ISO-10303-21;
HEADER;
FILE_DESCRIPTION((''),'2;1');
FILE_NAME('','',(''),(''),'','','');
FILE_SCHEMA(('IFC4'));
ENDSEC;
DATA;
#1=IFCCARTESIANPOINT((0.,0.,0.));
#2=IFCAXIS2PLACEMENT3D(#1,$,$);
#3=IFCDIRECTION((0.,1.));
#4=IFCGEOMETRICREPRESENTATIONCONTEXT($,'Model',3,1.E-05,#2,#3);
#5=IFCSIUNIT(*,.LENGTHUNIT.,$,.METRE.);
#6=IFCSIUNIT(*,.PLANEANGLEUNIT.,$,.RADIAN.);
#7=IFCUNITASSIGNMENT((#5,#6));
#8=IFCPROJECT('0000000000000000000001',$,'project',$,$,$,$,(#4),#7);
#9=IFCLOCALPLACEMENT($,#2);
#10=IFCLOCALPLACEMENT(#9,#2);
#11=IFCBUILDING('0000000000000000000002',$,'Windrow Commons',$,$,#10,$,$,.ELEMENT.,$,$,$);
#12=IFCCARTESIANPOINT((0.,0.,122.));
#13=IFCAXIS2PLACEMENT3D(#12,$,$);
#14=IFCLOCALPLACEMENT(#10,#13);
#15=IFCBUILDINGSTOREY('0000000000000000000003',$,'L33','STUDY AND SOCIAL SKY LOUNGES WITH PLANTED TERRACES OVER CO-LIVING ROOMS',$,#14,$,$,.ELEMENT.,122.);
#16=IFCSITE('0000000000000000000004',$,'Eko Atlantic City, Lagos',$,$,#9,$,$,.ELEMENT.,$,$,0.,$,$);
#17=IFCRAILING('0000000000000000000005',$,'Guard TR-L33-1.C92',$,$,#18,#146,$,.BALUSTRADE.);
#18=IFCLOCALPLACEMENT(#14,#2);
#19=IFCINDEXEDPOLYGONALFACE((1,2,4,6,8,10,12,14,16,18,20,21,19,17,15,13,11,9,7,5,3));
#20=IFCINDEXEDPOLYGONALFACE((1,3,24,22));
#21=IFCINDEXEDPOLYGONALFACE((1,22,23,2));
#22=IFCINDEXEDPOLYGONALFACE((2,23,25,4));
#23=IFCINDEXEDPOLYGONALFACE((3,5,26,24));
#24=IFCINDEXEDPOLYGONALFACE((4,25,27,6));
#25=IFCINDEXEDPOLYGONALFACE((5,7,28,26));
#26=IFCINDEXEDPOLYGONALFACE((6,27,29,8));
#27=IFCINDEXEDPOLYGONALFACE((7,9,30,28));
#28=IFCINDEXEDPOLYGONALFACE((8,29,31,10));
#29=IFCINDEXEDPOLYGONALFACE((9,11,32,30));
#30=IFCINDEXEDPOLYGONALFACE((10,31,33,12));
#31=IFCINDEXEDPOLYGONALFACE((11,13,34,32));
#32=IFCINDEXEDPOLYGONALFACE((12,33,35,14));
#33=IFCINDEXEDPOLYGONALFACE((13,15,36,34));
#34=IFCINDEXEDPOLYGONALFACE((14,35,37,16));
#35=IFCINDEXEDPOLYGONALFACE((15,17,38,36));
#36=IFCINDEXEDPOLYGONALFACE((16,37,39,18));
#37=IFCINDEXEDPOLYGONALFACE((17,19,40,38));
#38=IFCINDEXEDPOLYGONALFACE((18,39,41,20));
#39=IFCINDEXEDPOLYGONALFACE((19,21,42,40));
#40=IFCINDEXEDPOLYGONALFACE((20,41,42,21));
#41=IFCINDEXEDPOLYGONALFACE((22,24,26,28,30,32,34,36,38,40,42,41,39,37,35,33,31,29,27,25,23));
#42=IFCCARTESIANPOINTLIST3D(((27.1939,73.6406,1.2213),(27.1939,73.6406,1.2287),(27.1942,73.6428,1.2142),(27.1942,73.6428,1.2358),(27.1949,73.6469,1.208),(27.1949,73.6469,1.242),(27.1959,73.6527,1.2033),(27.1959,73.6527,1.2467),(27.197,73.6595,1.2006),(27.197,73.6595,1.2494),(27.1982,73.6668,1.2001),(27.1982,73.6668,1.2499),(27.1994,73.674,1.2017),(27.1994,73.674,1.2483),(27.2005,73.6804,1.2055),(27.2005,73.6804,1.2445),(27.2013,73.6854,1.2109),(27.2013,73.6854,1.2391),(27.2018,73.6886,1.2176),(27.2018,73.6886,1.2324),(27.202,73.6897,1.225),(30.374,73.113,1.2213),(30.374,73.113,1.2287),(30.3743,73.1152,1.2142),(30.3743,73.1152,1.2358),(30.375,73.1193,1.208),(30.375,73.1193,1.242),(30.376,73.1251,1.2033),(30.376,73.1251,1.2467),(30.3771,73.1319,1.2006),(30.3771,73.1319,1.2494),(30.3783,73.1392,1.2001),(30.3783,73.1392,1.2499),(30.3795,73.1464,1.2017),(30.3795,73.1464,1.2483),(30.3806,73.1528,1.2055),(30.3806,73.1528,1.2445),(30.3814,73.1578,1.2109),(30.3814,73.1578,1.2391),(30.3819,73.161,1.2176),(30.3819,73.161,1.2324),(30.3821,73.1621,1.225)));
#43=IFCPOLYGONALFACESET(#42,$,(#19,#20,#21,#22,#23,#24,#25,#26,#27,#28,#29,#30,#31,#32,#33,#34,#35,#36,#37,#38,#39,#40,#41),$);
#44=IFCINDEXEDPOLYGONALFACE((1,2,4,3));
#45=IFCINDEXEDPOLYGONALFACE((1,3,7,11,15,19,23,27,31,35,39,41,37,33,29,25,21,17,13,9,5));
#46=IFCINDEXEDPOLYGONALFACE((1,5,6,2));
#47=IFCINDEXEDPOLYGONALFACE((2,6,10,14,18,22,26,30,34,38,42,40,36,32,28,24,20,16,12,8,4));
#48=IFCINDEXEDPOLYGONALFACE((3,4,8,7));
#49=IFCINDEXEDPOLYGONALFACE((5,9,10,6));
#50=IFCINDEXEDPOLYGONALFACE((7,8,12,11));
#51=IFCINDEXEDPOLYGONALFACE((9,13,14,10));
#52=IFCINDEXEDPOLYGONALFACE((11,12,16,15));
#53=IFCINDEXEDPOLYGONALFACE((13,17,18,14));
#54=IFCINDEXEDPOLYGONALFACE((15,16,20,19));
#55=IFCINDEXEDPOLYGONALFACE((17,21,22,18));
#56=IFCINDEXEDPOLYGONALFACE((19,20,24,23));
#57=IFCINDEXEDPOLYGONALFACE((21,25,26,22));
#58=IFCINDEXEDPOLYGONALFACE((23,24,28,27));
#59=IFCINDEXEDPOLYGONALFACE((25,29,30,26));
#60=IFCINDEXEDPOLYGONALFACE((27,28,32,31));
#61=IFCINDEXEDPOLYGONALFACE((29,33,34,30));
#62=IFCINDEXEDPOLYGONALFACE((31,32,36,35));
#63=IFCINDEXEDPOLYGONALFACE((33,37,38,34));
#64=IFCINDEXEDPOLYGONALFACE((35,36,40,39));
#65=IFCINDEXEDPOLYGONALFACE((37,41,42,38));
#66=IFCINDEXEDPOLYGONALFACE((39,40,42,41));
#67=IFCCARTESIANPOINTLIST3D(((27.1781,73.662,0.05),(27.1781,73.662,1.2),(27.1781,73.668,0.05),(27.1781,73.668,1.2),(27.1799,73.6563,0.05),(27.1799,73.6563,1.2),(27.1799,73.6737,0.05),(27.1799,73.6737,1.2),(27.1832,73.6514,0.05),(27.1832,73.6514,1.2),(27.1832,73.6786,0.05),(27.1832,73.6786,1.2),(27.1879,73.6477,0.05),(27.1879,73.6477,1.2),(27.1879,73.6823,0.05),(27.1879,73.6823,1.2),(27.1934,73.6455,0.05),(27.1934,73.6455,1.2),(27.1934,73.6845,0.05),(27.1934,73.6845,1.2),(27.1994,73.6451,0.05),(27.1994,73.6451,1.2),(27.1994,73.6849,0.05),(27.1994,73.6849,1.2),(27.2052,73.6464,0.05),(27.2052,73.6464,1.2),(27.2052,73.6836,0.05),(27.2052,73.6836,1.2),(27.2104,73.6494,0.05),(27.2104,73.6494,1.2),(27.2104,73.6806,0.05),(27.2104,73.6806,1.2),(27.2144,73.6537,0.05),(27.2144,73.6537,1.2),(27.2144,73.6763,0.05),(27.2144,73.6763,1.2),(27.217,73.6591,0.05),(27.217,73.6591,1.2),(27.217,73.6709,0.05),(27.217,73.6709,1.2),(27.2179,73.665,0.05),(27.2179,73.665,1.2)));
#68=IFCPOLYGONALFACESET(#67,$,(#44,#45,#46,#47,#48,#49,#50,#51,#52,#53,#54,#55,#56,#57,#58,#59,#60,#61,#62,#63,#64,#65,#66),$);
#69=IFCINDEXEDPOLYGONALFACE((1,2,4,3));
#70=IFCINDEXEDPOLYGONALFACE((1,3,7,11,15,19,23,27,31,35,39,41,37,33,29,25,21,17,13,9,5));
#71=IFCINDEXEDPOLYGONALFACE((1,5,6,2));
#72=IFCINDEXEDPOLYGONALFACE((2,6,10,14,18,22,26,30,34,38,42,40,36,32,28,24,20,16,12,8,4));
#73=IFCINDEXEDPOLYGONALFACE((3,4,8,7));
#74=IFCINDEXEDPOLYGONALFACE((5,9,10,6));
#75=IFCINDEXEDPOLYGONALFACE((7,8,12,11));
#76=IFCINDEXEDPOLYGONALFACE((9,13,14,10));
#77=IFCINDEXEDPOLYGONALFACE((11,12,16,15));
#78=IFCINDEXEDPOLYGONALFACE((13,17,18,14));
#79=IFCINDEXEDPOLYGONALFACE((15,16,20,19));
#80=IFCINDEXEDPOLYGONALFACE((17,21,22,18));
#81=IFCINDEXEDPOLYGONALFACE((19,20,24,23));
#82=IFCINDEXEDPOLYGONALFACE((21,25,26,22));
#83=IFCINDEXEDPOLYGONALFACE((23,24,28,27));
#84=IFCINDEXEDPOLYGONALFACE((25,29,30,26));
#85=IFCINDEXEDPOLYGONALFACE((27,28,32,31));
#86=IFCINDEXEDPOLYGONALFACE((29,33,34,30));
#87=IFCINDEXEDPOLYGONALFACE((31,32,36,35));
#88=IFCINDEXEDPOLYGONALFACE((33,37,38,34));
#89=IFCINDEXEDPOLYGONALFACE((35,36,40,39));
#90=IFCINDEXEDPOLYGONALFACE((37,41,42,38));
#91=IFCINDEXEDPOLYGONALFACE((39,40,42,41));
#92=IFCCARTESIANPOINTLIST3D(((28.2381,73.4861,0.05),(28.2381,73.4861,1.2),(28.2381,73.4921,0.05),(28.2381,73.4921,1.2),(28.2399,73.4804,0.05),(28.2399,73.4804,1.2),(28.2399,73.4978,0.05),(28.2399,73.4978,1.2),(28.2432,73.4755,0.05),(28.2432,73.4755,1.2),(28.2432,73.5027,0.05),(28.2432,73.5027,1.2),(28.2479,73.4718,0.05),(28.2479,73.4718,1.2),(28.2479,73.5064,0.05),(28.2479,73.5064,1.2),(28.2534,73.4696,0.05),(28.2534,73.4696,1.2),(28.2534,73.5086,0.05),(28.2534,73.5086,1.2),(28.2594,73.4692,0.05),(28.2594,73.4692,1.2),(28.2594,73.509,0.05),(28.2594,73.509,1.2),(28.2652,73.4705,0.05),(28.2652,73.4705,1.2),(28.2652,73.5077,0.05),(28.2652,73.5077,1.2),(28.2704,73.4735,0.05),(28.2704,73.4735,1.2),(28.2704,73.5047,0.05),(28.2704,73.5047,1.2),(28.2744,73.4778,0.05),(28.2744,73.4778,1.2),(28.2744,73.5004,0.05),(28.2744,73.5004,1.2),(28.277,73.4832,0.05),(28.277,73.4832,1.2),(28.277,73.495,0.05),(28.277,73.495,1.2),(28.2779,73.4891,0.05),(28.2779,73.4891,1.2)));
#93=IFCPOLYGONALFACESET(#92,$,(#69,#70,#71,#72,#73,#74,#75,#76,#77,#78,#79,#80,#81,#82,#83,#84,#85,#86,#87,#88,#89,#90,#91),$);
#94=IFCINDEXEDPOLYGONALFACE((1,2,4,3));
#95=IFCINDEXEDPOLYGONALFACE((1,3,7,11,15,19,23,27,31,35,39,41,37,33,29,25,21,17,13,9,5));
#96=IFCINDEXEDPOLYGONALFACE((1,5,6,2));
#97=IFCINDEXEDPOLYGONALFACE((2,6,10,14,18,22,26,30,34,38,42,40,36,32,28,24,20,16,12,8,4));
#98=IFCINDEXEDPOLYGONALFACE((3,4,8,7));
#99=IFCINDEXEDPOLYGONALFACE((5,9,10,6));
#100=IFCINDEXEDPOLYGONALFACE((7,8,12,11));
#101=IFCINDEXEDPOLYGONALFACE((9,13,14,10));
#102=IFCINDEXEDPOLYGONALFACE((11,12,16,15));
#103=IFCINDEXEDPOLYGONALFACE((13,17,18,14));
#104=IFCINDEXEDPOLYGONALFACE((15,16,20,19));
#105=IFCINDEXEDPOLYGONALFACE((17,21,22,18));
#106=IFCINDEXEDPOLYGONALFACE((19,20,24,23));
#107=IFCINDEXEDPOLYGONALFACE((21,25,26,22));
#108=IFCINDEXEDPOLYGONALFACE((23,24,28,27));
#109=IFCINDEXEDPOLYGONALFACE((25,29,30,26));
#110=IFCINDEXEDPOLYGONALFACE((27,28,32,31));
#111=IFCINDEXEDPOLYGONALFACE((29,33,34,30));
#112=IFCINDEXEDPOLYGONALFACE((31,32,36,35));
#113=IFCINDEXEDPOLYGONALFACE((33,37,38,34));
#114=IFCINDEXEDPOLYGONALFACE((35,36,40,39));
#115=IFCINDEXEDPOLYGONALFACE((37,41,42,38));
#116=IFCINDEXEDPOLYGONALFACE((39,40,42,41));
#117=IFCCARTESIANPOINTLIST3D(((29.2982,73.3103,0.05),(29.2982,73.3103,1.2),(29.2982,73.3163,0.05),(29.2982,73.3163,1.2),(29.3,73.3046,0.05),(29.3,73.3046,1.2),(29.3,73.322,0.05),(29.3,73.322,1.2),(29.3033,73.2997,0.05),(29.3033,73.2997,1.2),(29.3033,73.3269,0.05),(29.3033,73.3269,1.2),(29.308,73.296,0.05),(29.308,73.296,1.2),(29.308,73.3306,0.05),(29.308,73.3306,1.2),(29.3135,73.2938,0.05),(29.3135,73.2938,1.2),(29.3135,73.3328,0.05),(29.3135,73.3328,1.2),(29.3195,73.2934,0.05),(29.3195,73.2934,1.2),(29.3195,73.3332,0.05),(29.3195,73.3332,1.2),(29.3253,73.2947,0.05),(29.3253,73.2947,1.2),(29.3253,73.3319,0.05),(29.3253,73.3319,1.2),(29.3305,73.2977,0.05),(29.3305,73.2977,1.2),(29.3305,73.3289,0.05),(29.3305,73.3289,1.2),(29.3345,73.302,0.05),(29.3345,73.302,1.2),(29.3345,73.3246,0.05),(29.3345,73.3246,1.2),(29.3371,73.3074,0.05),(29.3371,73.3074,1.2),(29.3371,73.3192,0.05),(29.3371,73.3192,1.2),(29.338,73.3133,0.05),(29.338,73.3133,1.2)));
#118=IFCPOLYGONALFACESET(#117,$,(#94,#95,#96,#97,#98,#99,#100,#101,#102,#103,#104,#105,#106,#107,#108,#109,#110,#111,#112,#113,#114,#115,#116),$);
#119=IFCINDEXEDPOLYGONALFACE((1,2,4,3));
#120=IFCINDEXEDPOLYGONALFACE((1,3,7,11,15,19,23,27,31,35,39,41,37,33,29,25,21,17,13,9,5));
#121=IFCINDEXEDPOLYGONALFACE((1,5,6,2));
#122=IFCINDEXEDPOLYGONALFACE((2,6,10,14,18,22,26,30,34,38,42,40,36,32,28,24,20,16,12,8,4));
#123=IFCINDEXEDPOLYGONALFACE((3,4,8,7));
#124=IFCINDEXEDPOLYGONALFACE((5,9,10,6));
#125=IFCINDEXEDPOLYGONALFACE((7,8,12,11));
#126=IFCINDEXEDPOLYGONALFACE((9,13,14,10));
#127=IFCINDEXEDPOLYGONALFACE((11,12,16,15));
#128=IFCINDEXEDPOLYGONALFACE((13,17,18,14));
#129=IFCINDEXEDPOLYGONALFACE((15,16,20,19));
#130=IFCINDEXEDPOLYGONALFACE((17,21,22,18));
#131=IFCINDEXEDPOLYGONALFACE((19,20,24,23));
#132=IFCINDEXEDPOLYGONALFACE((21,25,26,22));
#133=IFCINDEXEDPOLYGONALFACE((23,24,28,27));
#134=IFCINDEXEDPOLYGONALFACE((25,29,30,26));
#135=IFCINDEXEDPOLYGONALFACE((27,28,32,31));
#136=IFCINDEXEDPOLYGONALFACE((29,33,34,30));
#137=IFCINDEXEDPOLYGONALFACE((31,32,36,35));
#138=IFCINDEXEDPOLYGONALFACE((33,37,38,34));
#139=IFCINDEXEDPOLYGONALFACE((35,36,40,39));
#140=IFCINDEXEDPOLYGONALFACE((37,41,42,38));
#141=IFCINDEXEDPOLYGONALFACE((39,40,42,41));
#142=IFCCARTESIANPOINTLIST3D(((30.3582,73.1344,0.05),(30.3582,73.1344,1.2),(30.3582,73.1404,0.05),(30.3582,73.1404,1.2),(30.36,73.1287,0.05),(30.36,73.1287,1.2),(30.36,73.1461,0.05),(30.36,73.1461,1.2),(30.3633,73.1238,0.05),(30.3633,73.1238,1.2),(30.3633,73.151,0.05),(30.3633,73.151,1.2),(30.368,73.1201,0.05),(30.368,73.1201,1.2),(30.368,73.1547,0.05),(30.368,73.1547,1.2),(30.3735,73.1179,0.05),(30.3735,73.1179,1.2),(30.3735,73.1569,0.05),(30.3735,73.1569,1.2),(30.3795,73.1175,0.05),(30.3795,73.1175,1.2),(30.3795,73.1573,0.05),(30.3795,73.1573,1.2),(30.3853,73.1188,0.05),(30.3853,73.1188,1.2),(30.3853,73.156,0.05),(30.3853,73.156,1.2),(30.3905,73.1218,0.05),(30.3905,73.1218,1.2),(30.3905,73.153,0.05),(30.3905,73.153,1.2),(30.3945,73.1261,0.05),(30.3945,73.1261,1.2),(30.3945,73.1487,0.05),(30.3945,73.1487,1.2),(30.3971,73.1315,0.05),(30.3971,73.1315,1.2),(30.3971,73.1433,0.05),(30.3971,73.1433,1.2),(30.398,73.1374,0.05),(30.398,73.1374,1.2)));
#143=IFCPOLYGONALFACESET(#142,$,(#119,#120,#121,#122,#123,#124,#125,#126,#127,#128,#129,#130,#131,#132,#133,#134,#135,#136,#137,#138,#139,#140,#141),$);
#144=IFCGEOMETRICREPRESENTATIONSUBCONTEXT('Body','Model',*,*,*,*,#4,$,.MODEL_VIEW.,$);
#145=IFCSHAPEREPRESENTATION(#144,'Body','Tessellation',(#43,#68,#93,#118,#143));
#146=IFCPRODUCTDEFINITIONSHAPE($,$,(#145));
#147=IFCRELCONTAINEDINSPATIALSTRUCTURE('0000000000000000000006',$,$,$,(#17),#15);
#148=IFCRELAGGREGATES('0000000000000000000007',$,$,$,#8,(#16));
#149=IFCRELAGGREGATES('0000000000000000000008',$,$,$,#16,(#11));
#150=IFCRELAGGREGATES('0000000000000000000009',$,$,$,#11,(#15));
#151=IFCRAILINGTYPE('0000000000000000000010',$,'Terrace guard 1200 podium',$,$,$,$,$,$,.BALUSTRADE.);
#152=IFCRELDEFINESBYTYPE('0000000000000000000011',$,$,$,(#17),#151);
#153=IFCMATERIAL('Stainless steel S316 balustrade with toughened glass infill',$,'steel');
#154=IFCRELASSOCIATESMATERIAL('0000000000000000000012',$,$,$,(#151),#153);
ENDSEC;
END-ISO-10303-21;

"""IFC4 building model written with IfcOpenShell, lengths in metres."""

from ifc_helpers import new_model, si_unit, direction, frame, origin, origin_2d, place, context, subcontext, project, spatial, circle, extrude, material, type_object, element, save


model = new_model("IFC4")

# Units and contexts
model_context = context("Model", 3, precision=1e-05, world=origin(), true_north=direction((0.0, 1.0)))
body_context = subcontext(model_context, "Body", "Model", "MODEL_VIEW")
ifc_project = project(units=[si_unit("LENGTHUNIT", "METRE"), si_unit("PLANEANGLEUNIT", "RADIAN")], contexts=[model_context])

# Site, building, storey
site_placement = place(None, origin())
site = spatial("IfcSite", under=ifc_project, at=site_placement, Name="Eko Atlantic City, Lagos", CompositionType="ELEMENT", RefElevation=0.0)
building_placement = place(site_placement, origin())
building = spatial("IfcBuilding", under=site, at=building_placement, Name="Windrow Commons", CompositionType="ELEMENT")
storey_placement = place(building_placement, frame((0.0, 0.0, 122.0)))
storey = spatial("IfcBuildingStorey", under=building, at=storey_placement, Name="L33", Description="STUDY AND SOCIAL SKY LOUNGES WITH PLANTED TERRACES OVER CO-LIVING ROOMS", CompositionType="ELEMENT", Elevation=122.0)

# Railing
ifc_material_1 = material(Name="Stainless steel S316 balustrade with toughened glass infill", Category="steel")
railing_type = type_object("IfcRailingType", Name="Terrace guard 1200 podium", PredefinedType="BALUSTRADE", material=ifc_material_1)
railing_1_placement = place(storey_placement, frame((27.1979, 73.665, 0.05)))
element("IfcRailing", 1, at=railing_1_placement, inside=storey, type_object=railing_type, Name="Guard TR-L33-1.C92", PredefinedType="BALUSTRADE", context=body_context, shape_type="SweptSolid", body=[
    extrude(circle(Radius=0.025, at=origin_2d()), frame((0.0, 0.0, 1.175), z_axis=(0.986515, -0.16367, 0.0), x_axis=(0.16367, 0.986515, 0.0)), (0.0, 0.0, 1.0), 3.2236),
    extrude(circle(Radius=0.02, at=origin_2d()), origin(), (0.0, 0.0, 1.0), 1.15),
    extrude(circle(Radius=0.02, at=origin_2d()), frame((1.06, -0.1759, 0.0)), (0.0, 0.0, 1.0), 1.15),
    extrude(circle(Radius=0.02, at=origin_2d()), frame((2.1201, -0.3517, 0.0)), (0.0, 0.0, 1.0), 1.15),
    extrude(circle(Radius=0.02, at=origin_2d()), frame((3.1801, -0.5276, 0.0)), (0.0, 0.0, 1.0), 1.15),
])

save(model, "model.ifc")
